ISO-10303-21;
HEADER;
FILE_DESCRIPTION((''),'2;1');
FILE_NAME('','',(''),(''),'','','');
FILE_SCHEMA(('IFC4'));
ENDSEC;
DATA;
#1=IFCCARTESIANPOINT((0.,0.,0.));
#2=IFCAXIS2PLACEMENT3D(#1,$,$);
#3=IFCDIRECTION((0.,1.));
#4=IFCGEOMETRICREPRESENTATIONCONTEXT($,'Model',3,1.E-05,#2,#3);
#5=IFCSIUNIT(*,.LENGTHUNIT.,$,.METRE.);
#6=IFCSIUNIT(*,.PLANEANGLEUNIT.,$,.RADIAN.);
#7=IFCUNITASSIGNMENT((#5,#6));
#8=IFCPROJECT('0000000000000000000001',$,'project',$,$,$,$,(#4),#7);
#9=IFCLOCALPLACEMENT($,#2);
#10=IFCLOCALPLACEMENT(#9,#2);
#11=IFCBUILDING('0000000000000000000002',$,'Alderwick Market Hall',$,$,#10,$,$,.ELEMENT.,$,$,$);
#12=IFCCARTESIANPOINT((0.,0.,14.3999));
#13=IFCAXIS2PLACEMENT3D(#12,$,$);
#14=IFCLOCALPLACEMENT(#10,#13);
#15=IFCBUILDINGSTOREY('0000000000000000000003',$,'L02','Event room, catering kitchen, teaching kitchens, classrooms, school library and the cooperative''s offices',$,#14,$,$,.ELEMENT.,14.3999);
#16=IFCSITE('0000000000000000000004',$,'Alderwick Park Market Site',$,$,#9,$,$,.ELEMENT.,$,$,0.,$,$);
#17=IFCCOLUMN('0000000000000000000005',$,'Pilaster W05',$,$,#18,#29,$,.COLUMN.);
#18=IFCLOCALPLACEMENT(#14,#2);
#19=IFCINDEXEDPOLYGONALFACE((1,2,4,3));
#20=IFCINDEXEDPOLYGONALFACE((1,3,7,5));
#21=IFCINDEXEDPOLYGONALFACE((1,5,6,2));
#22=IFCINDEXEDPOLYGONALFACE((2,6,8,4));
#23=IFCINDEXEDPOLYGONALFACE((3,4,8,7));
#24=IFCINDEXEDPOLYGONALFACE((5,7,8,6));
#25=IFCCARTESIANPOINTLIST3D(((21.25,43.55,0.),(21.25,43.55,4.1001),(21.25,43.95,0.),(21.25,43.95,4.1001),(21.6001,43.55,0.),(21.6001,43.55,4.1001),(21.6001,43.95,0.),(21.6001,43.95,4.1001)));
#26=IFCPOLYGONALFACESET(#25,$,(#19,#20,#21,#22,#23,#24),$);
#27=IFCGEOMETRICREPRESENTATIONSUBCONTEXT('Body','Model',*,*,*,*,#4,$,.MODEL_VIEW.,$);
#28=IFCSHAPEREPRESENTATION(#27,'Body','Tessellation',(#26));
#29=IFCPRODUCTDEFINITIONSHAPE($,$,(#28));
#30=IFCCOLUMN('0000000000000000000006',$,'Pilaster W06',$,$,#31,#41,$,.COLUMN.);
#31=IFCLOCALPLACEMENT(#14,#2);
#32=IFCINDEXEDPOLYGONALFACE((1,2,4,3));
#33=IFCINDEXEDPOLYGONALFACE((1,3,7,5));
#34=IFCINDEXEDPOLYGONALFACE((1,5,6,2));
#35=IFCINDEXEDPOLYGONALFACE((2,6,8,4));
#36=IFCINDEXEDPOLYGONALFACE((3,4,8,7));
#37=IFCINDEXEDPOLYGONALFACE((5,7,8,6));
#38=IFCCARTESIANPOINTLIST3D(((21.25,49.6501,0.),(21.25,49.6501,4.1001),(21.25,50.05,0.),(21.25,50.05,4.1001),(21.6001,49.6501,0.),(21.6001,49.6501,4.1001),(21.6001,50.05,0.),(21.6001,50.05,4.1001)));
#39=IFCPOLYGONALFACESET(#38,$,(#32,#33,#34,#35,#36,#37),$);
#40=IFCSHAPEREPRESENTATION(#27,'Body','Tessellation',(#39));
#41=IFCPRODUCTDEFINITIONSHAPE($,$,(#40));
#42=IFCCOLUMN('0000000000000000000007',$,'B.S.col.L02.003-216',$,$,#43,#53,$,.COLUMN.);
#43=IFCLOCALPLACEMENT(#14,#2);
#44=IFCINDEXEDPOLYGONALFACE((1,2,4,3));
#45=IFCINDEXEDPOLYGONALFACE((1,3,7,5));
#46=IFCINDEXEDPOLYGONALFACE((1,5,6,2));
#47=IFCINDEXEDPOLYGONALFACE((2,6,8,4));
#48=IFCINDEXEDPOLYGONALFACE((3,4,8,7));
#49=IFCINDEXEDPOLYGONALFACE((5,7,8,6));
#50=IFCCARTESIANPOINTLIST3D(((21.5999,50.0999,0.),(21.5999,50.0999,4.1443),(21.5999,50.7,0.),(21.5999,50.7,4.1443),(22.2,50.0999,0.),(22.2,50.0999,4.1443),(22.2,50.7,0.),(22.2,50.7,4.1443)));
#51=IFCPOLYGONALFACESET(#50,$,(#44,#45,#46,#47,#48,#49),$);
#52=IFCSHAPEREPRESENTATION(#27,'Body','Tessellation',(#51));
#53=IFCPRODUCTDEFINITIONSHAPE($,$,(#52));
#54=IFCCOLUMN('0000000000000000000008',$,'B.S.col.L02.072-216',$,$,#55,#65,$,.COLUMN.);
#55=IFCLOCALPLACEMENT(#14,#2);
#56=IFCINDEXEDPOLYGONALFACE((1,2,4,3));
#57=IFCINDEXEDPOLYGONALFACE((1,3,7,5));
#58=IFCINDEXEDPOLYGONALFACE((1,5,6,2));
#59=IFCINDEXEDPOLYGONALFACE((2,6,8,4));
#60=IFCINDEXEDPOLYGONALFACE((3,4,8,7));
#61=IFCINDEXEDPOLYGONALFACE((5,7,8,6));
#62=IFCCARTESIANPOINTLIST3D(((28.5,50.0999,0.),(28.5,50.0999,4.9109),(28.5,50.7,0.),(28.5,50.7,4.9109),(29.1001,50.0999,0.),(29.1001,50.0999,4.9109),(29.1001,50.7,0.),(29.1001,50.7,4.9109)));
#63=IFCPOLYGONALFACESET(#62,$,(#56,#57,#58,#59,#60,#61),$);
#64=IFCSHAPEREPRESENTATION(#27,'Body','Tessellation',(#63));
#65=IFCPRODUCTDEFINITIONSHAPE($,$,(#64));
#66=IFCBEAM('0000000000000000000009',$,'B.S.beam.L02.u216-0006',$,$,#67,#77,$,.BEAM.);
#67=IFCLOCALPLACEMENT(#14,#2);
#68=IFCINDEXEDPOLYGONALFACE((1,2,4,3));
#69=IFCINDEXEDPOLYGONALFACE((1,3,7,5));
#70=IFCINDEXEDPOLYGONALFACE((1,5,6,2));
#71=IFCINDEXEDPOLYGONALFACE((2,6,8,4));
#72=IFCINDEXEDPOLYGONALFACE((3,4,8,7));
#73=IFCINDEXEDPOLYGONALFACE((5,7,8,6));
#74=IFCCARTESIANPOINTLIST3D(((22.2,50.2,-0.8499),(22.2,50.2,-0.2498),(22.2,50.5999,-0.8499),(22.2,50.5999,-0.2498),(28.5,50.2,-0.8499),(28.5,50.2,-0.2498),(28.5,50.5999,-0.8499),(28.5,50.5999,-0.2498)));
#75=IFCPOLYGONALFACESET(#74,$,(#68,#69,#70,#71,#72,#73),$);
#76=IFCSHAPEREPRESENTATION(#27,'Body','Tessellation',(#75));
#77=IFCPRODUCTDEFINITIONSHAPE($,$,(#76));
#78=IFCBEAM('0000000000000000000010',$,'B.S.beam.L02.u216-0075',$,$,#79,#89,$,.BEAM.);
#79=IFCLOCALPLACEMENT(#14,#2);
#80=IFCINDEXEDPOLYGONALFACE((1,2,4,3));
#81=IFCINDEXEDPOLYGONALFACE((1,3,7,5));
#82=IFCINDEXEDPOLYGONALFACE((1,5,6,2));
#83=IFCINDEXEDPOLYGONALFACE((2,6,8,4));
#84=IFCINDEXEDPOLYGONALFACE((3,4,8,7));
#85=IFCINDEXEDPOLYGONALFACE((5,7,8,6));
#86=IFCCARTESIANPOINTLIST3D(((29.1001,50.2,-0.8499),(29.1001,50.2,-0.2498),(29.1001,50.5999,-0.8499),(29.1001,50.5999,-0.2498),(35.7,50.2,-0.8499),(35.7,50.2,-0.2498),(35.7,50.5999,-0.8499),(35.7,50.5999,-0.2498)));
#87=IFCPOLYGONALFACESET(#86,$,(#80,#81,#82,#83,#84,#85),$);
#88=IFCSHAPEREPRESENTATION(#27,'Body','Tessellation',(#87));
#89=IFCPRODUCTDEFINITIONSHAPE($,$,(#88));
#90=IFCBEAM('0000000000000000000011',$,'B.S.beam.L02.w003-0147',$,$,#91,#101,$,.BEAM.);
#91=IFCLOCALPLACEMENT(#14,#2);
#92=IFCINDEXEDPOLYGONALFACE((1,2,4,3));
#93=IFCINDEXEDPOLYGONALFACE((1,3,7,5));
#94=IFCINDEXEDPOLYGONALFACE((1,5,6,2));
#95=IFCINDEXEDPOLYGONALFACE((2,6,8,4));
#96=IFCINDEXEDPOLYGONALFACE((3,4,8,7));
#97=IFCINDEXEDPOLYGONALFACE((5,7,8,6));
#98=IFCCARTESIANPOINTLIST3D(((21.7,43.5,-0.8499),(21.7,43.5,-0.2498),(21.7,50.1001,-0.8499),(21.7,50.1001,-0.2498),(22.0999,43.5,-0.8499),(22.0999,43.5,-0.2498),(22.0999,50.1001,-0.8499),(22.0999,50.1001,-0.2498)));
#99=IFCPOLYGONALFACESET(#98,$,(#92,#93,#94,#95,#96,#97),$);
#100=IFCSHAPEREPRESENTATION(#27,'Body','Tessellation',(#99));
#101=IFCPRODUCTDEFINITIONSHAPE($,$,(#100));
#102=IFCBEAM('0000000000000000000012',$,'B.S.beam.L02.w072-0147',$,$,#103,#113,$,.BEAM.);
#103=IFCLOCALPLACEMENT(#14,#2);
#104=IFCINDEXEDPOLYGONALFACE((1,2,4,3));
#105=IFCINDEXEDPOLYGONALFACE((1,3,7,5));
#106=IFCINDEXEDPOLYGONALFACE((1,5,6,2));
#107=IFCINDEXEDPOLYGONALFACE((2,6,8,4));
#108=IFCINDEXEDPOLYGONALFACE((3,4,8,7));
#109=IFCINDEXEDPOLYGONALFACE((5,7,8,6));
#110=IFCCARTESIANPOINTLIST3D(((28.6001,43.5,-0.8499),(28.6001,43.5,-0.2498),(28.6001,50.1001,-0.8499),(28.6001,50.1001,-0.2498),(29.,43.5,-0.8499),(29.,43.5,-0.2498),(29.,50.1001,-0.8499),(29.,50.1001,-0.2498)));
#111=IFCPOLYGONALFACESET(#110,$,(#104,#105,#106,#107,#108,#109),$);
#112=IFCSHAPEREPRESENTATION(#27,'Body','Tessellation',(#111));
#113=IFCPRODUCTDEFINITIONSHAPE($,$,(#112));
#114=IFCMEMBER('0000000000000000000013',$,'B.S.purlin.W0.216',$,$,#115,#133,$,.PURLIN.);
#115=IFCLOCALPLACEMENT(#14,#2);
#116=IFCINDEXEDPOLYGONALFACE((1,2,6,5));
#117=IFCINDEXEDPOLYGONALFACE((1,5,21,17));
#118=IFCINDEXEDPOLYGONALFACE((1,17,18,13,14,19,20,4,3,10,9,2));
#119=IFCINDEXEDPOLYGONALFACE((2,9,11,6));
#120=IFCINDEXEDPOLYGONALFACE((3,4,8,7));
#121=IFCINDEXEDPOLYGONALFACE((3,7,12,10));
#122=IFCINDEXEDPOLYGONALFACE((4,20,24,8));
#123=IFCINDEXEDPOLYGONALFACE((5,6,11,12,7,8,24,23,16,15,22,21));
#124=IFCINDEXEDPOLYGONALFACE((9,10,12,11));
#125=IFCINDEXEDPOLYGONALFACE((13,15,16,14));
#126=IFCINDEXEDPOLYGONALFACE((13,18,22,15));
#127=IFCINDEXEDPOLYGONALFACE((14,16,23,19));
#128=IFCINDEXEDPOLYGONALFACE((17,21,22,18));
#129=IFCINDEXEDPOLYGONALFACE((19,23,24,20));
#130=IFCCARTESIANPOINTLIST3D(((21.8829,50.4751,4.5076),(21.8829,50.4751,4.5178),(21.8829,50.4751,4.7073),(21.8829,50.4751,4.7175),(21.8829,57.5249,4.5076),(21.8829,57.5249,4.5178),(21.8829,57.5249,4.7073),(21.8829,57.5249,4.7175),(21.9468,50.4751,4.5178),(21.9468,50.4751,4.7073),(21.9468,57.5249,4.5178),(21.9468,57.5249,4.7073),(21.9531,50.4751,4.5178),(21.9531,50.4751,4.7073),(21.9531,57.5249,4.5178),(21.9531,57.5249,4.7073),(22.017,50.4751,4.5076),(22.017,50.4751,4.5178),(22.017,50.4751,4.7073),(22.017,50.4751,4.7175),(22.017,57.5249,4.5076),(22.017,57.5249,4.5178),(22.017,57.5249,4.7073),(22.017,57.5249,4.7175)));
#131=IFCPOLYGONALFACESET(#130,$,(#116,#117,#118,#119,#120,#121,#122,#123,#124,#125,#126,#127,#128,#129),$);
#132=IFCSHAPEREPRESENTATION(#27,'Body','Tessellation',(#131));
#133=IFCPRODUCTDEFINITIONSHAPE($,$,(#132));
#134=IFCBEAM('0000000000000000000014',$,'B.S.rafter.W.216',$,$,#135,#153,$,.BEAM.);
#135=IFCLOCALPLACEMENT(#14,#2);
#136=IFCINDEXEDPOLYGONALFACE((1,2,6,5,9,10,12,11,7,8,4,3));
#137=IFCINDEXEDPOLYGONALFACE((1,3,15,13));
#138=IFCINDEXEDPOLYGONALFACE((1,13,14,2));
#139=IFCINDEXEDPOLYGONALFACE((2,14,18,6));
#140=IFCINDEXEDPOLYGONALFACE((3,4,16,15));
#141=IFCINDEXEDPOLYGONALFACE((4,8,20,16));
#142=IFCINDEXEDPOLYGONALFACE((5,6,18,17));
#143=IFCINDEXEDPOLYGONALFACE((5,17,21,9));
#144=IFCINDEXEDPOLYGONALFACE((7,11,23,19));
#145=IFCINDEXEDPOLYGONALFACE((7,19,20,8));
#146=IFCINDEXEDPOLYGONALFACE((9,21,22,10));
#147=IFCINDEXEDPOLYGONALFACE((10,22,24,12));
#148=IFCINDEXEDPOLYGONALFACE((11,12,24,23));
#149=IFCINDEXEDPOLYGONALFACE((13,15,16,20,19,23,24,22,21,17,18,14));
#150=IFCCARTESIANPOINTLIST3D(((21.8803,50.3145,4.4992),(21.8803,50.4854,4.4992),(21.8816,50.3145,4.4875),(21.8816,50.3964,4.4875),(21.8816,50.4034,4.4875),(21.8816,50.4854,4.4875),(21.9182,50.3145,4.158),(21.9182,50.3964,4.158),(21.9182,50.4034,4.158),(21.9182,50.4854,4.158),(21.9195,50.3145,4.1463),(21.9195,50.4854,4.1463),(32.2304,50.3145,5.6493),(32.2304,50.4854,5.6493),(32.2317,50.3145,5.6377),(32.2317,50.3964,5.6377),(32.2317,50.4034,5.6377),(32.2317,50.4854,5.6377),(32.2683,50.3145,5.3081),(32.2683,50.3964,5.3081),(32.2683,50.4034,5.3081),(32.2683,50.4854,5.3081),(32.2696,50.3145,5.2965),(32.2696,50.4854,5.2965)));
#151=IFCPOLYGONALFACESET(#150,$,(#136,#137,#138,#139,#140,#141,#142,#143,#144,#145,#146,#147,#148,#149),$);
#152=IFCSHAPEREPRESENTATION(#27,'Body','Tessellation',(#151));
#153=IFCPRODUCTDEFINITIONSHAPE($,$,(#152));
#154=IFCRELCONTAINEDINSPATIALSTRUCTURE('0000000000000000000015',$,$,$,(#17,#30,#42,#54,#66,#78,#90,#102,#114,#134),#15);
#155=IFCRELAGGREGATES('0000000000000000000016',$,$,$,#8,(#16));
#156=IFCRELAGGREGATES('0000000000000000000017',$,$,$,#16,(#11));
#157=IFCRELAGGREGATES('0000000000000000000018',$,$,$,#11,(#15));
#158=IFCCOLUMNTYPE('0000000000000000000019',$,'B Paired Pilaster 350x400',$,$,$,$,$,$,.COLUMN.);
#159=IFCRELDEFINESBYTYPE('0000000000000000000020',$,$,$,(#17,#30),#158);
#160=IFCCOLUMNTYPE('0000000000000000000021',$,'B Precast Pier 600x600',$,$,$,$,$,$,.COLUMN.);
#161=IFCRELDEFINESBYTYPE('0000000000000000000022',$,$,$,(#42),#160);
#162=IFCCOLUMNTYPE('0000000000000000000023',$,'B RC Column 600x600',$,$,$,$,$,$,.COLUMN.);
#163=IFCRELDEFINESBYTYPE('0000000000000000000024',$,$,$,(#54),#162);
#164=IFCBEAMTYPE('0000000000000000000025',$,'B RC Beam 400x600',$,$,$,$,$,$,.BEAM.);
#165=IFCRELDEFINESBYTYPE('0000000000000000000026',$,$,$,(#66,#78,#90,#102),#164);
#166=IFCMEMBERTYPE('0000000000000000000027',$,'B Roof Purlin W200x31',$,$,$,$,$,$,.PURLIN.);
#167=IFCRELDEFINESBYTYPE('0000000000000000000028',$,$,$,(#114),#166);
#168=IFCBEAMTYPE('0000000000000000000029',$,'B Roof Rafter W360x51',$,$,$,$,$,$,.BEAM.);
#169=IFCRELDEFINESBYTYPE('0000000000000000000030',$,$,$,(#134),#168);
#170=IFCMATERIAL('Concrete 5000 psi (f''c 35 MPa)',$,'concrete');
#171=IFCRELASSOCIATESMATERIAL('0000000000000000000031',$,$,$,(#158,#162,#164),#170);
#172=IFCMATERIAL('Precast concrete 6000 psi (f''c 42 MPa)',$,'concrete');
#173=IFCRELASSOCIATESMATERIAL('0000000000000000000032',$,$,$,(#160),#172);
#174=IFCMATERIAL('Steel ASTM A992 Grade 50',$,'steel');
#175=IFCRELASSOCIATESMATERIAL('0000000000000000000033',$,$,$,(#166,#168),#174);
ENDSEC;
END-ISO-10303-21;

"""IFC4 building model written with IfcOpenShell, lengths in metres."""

from ifc_helpers import new_model, si_unit, direction, frame, origin, origin_2d, place, context, subcontext, project, spatial, rectangle, i_section, extrude, material, material_profile, profile_set, type_object, element, save


model = new_model("IFC4")

# Units and contexts
model_context = context("Model", 3, precision=1e-05, world=origin(), true_north=direction((0.0, 1.0)))
body_context = subcontext(model_context, "Body", "Model", "MODEL_VIEW")
ifc_project = project(units=[si_unit("LENGTHUNIT", "METRE"), si_unit("PLANEANGLEUNIT", "RADIAN")], contexts=[model_context])

# Site, building, storey
site_placement = place(None, origin())
site = spatial("IfcSite", under=ifc_project, at=site_placement, Name="Alderwick Park Market Site", CompositionType="ELEMENT", RefElevation=0.0)
building_placement = place(site_placement, origin())
building = spatial("IfcBuilding", under=site, at=building_placement, Name="Alderwick Market Hall", CompositionType="ELEMENT")
storey_placement = place(building_placement, frame((0.0, 0.0, 14.3999)))
storey = spatial("IfcBuildingStorey", under=building, at=storey_placement, Name="L02", Description="Event room, catering kitchen, teaching kitchens, classrooms, school library and the cooperative's offices", CompositionType="ELEMENT", Elevation=14.3999)

# Columns
ifc_material_1 = material(Name="Concrete 5000 psi (f'c 35 MPa)", Category="concrete")
ifc_material_profile_1 = material_profile(ifc_material_1, rectangle(XDim=0.3501, YDim=0.3999, at=origin_2d()), Name="B Paired Pilaster 350x400")
ifc_profile_set_1 = profile_set([ifc_material_profile_1], Name="Concrete 5000 psi (f'c 35 MPa)")
column_type_1 = type_object("IfcColumnType", Name="B Paired Pilaster 350x400", PredefinedType="COLUMN", material=ifc_profile_set_1)
for number, where, z_axis, x_axis, name in (
    (1, (21.425, 43.75, 0.0), (0.0, 0.0, 1.0), (1.0, 0.0, 0.0), "Pilaster W05"),
    (2, (21.425, 49.8501, 0.0), (0.0, 0.0, 1.0), (1.0, 0.0, 0.0), "Pilaster W06"),
):
    element("IfcColumn", number, at=place(storey_placement, frame(where, z_axis=z_axis, x_axis=x_axis)), inside=storey, type_object=column_type_1, Name=name, PredefinedType="COLUMN", context=body_context, shape_type="SweptSolid", body=[
        extrude(rectangle(XDim=0.3501, YDim=0.3999, at=origin_2d()), origin(), (0.0, 0.0, 1.0), 4.1001),
    ])
ifc_material_2 = material(Name="Precast concrete 6000 psi (f'c 42 MPa)", Category="concrete")
ifc_material_profile_2 = material_profile(ifc_material_2, rectangle(XDim=0.6001, YDim=0.6001, at=origin_2d()), Name="B Precast Pier 600x600")
ifc_profile_set_2 = profile_set([ifc_material_profile_2], Name="Precast concrete 6000 psi (f'c 42 MPa)")
column_type_2 = type_object("IfcColumnType", Name="B Precast Pier 600x600", PredefinedType="COLUMN", material=ifc_profile_set_2)
column_1_placement = place(storey_placement, frame((21.8999, 50.3999, 0.0), z_axis=(0.0, 0.0, 1.0), x_axis=(1.0, 0.0, 0.0)))
element("IfcColumn", 3, at=column_1_placement, inside=storey, type_object=column_type_2, Name="B.S.col.L02.003-216", PredefinedType="COLUMN", context=body_context, shape_type="SweptSolid", body=[
    extrude(rectangle(XDim=0.6001, YDim=0.6001, at=origin_2d()), origin(), (0.0, 0.0, 1.0), 4.1443),
])
ifc_material_profile_3 = material_profile(ifc_material_1, rectangle(XDim=0.6001, YDim=0.6001, at=origin_2d()), Name="B RC Column 600x600")
ifc_profile_set_3 = profile_set([ifc_material_profile_3], Name="Concrete 5000 psi (f'c 35 MPa)")
column_type_3 = type_object("IfcColumnType", Name="B RC Column 600x600", PredefinedType="COLUMN", material=ifc_profile_set_3)
column_2_placement = place(storey_placement, frame((28.8, 50.3999, 0.0), z_axis=(0.0, 0.0, 1.0), x_axis=(1.0, 0.0, 0.0)))
element("IfcColumn", 4, at=column_2_placement, inside=storey, type_object=column_type_3, Name="B.S.col.L02.072-216", PredefinedType="COLUMN", context=body_context, shape_type="SweptSolid", body=[
    extrude(rectangle(XDim=0.6001, YDim=0.6001, at=origin_2d()), origin(), (0.0, 0.0, 1.0), 4.9109),
])

# Beams
ifc_material_profile_4 = material_profile(ifc_material_1, rectangle(XDim=0.3999, YDim=0.6001, at=origin_2d()), Name="B RC Beam 400x600")
ifc_profile_set_4 = profile_set([ifc_material_profile_4], Name="Concrete 5000 psi (f'c 35 MPa)")
beam_type_1 = type_object("IfcBeamType", Name="B RC Beam 400x600", PredefinedType="BEAM", material=ifc_profile_set_4)
beam_1_placement = place(storey_placement, frame((22.2, 50.3999, -0.5498), z_axis=(1.0, 0.0, 0.0), x_axis=(0.0, 1.0, 0.0)))
element("IfcBeam", 5, at=beam_1_placement, inside=storey, type_object=beam_type_1, Name="B.S.beam.L02.u216-0006", PredefinedType="BEAM", context=body_context, shape_type="SweptSolid", body=[
    extrude(rectangle(XDim=0.3999, YDim=0.6001, at=origin_2d()), origin(), (0.0, 0.0, 1.0), 6.3),
])
beam_2_placement = place(storey_placement, frame((29.1001, 50.3999, -0.5498), z_axis=(1.0, 0.0, 0.0), x_axis=(0.0, 1.0, 0.0)))
element("IfcBeam", 6, at=beam_2_placement, inside=storey, type_object=beam_type_1, Name="B.S.beam.L02.u216-0075", PredefinedType="BEAM", context=body_context, shape_type="SweptSolid", body=[
    extrude(rectangle(XDim=0.3999, YDim=0.6001, at=origin_2d()), origin(), (0.0, 0.0, 1.0), 6.5999),
])
for number, where, z_axis, x_axis, name in (
    (7, (21.8999, 43.5, -0.5498), (0.0, 1.0, 0.0), (-1.0, 0.0, 0.0), "B.S.beam.L02.w003-0147"),
    (8, (28.8, 43.5, -0.5498), (0.0, 1.0, 0.0), (-1.0, 0.0, 0.0), "B.S.beam.L02.w072-0147"),
):
    element("IfcBeam", number, at=place(storey_placement, frame(where, z_axis=z_axis, x_axis=x_axis)), inside=storey, type_object=beam_type_1, Name=name, PredefinedType="BEAM", context=body_context, shape_type="SweptSolid", body=[
        extrude(rectangle(XDim=0.3999, YDim=0.6001, at=origin_2d()), origin(), (0.0, 0.0, 1.0), 6.6001),
    ])

# Member
ifc_material_3 = material(Name="Steel ASTM A992 Grade 50", Category="steel")
ifc_material_profile_5 = material_profile(ifc_material_3, i_section(OverallWidth=0.134, OverallDepth=0.21, WebThickness=0.0063, FlangeThickness=0.0103, at=origin_2d()), Name="W200x31")
ifc_profile_set_5 = profile_set([ifc_material_profile_5], Name="Steel ASTM A992 Grade 50")
member_type = type_object("IfcMemberType", Name="B Roof Purlin W200x31", PredefinedType="PURLIN", material=ifc_profile_set_5)
member_placement = place(storey_placement, frame((21.95, 50.4751, 4.6125), z_axis=(0.0, 1.0, 0.0), x_axis=(-1.0, 0.0, 0.0)))
element("IfcMember", 9, at=member_placement, inside=storey, type_object=member_type, Name="B.S.purlin.W0.216", PredefinedType="PURLIN", context=body_context, shape_type="SweptSolid", body=[
    extrude(i_section(OverallWidth=0.134, OverallDepth=0.21, WebThickness=0.0063, FlangeThickness=0.0103, at=origin_2d()), origin(), (0.0, 0.0, 1.0), 7.0498),
])

# Beam
ifc_material_profile_6 = material_profile(ifc_material_3, i_section(OverallWidth=0.1709, OverallDepth=0.355, WebThickness=0.0071, FlangeThickness=0.0117, at=origin_2d()), Name="W360x51")
ifc_profile_set_6 = profile_set([ifc_material_profile_6], Name="Steel ASTM A992 Grade 50")
beam_type_2 = type_object("IfcBeamType", Name="B Roof Rafter W360x51", PredefinedType="BEAM", material=ifc_profile_set_6)
beam_3_placement = place(storey_placement, frame((21.8999, 50.3999, 4.3228), z_axis=(0.993882, 0.0, 0.110444), x_axis=(0.0, 1.0, 0.0)))
element("IfcBeam", 10, at=beam_3_placement, inside=storey, type_object=beam_type_2, Name="B.S.rafter.W.216", PredefinedType="BEAM", context=body_context, shape_type="SweptSolid", body=[
    extrude(i_section(OverallWidth=0.1709, OverallDepth=0.355, WebThickness=0.0071, FlangeThickness=0.0117, at=origin_2d()), origin(), (0.0, 0.0, 1.0), 10.4138),
])

save(model, "model.ifc")
